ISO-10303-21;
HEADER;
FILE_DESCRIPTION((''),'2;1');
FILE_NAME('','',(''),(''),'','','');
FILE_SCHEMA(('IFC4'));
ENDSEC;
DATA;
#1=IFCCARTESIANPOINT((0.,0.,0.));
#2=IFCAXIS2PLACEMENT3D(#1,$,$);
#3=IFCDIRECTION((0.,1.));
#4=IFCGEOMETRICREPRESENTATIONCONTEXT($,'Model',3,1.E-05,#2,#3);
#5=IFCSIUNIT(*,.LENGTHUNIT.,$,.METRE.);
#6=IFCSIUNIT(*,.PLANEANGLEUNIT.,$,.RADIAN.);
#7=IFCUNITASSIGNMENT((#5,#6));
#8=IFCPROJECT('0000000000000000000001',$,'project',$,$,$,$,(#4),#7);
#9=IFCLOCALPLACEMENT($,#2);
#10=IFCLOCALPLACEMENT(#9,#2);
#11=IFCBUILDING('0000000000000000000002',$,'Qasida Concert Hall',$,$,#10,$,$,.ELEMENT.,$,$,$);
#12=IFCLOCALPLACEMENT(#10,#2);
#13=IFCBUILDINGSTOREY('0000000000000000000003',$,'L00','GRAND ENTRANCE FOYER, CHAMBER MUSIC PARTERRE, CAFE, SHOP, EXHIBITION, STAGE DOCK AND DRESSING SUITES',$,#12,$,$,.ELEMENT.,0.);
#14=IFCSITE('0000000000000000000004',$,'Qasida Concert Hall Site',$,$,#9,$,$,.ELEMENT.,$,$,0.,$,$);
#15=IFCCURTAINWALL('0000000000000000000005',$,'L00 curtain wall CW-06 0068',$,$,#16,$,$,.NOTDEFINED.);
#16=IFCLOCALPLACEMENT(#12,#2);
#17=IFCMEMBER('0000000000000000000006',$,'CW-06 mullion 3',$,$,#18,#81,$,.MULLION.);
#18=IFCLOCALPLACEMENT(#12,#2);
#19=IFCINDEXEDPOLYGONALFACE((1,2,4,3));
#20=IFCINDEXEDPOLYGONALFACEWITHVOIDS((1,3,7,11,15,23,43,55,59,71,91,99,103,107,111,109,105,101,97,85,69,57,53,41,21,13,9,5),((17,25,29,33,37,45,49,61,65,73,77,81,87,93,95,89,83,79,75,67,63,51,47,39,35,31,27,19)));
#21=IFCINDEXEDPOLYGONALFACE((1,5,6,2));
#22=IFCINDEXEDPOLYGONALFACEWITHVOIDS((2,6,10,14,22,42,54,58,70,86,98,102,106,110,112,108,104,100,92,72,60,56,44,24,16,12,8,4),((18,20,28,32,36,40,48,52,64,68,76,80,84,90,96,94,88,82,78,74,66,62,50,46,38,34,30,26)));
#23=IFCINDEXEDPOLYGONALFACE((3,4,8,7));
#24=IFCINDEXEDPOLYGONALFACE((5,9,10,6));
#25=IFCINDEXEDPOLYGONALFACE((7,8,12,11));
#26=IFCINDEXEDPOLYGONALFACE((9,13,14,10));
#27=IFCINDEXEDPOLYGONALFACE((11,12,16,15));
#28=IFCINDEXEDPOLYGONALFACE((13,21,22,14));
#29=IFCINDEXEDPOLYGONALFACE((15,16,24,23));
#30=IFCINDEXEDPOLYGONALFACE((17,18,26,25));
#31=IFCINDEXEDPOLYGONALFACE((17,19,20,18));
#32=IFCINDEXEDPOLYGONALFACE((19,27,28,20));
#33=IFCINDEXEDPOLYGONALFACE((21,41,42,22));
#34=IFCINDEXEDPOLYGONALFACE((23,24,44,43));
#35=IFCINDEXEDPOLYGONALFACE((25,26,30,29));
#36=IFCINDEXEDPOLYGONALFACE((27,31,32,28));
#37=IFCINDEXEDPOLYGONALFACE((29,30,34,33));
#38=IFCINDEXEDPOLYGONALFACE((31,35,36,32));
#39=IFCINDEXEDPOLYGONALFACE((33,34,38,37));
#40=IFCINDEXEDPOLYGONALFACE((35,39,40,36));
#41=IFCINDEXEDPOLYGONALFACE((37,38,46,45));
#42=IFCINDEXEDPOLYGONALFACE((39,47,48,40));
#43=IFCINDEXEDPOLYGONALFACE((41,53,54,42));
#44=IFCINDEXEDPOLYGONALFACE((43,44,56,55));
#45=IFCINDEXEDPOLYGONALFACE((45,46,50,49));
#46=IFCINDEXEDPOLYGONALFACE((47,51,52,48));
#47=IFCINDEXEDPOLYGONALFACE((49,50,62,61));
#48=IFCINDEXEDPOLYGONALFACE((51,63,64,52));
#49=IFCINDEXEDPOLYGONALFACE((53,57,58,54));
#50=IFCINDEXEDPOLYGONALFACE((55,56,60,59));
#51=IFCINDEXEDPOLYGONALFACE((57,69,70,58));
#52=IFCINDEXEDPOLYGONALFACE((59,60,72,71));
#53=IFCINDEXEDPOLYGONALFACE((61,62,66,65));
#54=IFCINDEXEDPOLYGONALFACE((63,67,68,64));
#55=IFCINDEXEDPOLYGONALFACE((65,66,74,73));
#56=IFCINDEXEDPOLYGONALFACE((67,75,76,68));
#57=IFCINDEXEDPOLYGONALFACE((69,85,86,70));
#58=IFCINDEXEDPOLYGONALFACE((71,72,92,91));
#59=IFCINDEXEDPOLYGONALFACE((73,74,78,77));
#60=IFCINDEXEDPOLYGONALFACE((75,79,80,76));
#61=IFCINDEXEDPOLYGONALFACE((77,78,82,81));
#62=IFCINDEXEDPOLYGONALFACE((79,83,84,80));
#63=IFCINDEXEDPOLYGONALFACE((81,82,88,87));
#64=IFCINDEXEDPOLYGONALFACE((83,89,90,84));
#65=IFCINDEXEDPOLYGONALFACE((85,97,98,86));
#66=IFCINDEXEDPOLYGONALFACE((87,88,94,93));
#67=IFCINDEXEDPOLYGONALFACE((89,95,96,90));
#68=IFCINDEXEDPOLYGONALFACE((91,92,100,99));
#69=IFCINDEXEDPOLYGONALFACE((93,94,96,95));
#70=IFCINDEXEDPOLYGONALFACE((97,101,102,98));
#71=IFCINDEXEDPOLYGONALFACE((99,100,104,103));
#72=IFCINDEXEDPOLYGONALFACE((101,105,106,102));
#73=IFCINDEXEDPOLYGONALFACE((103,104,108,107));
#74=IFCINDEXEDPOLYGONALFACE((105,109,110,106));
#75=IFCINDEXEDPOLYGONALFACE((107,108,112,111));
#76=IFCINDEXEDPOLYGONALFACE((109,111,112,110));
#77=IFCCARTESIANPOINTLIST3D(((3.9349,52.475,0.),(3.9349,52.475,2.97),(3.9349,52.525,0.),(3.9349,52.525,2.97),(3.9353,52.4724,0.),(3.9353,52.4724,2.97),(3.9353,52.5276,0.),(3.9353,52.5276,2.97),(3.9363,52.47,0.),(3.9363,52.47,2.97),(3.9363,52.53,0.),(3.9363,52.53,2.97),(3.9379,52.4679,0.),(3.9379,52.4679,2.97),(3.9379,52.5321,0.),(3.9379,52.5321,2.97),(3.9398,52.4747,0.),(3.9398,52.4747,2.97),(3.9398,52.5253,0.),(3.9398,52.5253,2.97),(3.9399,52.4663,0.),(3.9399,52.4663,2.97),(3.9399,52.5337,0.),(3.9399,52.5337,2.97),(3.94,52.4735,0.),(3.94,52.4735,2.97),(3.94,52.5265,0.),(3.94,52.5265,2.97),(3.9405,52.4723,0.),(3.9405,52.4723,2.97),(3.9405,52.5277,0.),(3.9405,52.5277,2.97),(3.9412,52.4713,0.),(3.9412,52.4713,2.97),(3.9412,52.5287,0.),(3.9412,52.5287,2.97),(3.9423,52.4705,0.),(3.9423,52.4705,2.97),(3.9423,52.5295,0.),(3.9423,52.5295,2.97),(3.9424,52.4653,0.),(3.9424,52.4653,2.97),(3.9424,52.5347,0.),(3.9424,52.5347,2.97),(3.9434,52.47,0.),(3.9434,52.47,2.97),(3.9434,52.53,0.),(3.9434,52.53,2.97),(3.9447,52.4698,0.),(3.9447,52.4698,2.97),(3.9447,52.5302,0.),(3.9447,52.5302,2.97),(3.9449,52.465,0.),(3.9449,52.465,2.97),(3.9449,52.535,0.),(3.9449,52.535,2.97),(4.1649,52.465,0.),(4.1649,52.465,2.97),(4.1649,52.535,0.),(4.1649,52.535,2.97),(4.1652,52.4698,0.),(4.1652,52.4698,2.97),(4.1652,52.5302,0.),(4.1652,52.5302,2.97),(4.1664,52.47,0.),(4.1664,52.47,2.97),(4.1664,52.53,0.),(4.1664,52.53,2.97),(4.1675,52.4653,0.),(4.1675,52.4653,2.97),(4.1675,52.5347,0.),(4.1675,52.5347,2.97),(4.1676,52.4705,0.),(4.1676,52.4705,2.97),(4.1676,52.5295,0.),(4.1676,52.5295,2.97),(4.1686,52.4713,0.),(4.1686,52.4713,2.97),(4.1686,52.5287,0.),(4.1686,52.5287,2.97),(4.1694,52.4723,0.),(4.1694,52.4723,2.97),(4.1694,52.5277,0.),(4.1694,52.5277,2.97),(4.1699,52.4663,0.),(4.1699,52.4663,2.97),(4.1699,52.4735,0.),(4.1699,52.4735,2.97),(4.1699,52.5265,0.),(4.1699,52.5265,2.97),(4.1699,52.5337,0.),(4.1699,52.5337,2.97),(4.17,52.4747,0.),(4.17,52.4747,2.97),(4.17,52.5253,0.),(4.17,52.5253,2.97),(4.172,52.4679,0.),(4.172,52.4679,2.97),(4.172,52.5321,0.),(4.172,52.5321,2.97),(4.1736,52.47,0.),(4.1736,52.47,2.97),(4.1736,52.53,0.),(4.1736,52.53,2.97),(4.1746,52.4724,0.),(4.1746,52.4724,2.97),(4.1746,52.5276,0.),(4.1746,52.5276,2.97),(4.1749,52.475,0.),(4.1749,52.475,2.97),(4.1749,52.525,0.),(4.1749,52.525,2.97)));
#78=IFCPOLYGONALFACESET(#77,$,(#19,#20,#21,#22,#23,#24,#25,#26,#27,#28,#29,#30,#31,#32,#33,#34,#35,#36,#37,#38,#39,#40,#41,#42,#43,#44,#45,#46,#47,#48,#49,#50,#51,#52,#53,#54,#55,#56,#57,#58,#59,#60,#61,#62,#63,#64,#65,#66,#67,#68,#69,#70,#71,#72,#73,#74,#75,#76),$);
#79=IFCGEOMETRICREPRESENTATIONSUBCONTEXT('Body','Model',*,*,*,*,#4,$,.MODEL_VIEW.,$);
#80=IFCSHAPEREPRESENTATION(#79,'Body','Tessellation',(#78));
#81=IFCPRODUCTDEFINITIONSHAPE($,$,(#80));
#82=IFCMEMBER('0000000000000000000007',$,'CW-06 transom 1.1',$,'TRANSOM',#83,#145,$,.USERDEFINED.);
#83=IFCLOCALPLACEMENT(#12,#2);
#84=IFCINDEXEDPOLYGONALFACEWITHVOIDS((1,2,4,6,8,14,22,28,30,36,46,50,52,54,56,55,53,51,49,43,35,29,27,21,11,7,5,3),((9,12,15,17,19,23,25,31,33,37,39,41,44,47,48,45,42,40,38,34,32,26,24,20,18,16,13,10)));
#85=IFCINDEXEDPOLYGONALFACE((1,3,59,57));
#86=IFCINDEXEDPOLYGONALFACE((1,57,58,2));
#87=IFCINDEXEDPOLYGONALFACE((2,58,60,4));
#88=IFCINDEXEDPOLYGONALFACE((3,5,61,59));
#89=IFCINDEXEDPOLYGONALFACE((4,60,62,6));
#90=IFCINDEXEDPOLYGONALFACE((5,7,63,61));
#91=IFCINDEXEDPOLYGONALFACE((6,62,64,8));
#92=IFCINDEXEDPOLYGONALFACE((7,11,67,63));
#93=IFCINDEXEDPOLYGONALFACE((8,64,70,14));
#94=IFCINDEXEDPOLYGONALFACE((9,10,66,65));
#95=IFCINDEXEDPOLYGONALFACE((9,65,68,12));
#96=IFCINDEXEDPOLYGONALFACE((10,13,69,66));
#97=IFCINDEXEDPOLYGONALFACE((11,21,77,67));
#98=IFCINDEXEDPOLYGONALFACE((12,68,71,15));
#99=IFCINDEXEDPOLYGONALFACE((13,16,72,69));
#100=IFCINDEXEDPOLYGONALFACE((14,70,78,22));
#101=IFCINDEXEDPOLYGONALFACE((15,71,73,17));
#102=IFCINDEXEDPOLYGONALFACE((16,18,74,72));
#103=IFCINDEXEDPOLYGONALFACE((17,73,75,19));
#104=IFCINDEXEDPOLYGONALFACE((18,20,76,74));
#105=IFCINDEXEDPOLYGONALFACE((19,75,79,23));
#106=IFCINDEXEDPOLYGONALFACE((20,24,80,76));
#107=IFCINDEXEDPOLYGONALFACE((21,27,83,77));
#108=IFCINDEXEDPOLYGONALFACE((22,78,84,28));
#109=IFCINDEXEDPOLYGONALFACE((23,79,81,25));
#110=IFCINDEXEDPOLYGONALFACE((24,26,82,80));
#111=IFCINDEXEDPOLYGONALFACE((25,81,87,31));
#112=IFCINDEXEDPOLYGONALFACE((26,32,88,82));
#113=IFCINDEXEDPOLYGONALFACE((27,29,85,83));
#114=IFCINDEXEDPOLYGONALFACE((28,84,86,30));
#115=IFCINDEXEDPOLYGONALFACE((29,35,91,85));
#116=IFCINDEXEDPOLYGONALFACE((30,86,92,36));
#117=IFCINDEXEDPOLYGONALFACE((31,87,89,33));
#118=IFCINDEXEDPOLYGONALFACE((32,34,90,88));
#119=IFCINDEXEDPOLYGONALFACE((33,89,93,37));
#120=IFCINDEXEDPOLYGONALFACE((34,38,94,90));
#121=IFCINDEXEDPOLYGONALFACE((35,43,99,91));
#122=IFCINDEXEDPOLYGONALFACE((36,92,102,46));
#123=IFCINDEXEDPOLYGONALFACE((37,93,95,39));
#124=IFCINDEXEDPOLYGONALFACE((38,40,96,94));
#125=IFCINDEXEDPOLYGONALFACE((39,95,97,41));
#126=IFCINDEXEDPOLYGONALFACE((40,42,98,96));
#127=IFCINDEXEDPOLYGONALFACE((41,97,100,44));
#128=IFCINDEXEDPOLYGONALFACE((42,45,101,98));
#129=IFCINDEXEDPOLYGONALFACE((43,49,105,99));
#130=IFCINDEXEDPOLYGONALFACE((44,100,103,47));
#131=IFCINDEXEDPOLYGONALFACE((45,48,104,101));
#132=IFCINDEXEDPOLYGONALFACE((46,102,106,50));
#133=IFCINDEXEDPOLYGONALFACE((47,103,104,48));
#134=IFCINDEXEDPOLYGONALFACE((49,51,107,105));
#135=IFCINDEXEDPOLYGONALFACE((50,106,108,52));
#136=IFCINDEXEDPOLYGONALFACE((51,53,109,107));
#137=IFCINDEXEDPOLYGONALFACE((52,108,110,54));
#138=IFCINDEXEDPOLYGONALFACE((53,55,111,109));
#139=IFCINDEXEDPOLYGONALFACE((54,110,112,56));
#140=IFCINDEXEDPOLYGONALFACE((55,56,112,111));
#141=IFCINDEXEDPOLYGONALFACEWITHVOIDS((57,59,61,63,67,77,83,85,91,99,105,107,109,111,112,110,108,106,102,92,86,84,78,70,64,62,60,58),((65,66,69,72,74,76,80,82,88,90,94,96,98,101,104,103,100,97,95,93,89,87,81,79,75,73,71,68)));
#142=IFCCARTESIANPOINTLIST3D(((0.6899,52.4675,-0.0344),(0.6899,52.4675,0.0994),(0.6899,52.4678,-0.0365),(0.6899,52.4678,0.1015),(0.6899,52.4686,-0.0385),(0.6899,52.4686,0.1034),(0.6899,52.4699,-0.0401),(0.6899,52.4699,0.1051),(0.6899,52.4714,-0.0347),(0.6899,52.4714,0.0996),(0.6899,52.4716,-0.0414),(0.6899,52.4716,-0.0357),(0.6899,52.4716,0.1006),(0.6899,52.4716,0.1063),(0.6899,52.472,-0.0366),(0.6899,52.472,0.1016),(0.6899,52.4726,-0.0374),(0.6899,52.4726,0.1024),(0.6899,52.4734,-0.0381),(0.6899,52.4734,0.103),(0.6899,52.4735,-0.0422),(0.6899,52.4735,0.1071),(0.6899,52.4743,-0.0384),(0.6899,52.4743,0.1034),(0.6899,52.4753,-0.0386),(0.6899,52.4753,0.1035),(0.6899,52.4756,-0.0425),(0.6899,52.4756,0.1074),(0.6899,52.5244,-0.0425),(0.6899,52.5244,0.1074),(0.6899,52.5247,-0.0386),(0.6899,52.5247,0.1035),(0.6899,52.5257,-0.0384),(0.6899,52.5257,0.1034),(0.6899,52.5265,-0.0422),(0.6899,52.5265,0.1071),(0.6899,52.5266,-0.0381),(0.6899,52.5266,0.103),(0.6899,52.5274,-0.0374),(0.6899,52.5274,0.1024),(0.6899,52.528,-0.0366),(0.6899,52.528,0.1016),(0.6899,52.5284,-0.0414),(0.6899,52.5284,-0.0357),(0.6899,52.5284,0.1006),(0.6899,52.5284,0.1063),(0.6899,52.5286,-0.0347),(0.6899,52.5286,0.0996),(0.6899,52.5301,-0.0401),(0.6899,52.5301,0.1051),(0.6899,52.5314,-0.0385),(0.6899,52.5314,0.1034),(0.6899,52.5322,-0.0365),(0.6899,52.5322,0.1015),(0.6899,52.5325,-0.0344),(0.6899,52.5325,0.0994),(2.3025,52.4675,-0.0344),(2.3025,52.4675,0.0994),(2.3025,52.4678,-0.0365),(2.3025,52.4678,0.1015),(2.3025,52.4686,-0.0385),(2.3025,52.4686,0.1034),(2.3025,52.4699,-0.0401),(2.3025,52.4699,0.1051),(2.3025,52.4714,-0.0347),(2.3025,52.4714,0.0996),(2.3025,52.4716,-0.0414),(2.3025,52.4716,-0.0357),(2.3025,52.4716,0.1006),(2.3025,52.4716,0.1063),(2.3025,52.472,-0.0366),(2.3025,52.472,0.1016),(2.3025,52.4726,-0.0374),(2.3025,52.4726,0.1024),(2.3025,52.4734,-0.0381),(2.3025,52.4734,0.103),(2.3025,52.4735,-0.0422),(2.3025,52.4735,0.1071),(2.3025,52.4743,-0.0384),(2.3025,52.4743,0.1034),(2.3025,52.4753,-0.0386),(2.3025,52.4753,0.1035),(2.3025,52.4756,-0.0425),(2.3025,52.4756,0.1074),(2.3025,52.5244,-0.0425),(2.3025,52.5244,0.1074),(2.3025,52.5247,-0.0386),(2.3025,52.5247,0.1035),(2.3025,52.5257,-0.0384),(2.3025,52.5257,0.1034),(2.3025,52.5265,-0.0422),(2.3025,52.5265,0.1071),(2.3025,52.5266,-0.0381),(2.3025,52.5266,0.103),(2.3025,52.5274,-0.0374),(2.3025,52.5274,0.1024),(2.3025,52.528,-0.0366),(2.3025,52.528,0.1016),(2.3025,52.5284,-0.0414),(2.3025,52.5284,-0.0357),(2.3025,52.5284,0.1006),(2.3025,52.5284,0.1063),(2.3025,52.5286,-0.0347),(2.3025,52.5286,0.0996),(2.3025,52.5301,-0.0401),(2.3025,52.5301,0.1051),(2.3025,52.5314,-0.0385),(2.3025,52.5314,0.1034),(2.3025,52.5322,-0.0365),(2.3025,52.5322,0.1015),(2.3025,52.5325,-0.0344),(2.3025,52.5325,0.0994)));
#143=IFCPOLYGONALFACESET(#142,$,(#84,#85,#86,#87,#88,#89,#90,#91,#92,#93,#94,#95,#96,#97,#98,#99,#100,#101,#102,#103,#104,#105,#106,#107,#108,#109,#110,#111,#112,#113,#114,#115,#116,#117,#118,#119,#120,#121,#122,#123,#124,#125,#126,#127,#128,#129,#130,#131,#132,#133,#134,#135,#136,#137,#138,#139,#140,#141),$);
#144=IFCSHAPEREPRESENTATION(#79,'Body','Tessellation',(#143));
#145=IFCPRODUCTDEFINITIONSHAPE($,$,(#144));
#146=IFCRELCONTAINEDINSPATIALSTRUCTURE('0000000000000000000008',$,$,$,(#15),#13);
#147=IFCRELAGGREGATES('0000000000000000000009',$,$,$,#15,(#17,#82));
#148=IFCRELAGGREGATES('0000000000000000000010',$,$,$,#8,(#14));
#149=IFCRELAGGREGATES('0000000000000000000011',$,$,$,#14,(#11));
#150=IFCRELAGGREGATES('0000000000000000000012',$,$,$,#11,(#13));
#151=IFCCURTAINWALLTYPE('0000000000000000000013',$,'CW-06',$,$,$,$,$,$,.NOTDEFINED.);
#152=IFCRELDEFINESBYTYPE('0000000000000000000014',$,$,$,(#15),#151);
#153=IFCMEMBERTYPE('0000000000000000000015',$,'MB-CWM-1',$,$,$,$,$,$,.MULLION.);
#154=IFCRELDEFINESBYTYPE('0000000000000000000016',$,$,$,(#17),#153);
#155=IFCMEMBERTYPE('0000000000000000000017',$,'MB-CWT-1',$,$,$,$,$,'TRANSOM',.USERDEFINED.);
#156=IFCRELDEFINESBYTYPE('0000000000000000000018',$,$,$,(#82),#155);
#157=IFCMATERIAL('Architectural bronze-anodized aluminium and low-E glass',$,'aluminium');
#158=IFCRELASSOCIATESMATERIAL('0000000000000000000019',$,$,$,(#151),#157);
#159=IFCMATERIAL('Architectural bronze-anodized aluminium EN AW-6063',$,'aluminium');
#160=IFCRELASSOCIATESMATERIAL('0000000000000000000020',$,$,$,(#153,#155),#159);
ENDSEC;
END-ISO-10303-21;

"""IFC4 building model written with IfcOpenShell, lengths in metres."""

from ifc_helpers import new_model, si_unit, direction, frame, origin, origin_2d, place, context, subcontext, project, spatial, hollow_rectangle, extrude, material, material_profile, profile_set, type_object, element, aggregate, save


model = new_model("IFC4")

# Units and contexts
model_context = context("Model", 3, precision=1e-05, world=origin(), true_north=direction((0.0, 1.0)))
body_context = subcontext(model_context, "Body", "Model", "MODEL_VIEW")
ifc_project = project(units=[si_unit("LENGTHUNIT", "METRE"), si_unit("PLANEANGLEUNIT", "RADIAN")], contexts=[model_context])

# Site, building, storey
site_placement = place(None, origin())
site = spatial("IfcSite", under=ifc_project, at=site_placement, Name="Qasida Concert Hall Site", CompositionType="ELEMENT", RefElevation=0.0)
building_placement = place(site_placement, origin())
building = spatial("IfcBuilding", under=site, at=building_placement, Name="Qasida Concert Hall", CompositionType="ELEMENT")
storey_placement = place(building_placement, origin())
storey = spatial("IfcBuildingStorey", under=building, at=storey_placement, Name="L00", Description="GRAND ENTRANCE FOYER, CHAMBER MUSIC PARTERRE, CAFE, SHOP, EXHIBITION, STAGE DOCK AND DRESSING SUITES", CompositionType="ELEMENT", Elevation=0.0)

# Curtain wall, members
ifc_material_1 = material(Name="Architectural bronze-anodized aluminium and low-E glass", Category="aluminium")
curtain_wall_type = type_object("IfcCurtainWallType", Name="CW-06", PredefinedType="NOTDEFINED", material=ifc_material_1)
curtain_wall_placement = place(storey_placement, origin())
curtain_wall = element("IfcCurtainWall", 1, at=curtain_wall_placement, inside=storey, type_object=curtain_wall_type, Name="L00 curtain wall CW-06 0068", PredefinedType="NOTDEFINED")
ifc_material_2 = material(Name="Architectural bronze-anodized aluminium EN AW-6063", Category="aluminium")
ifc_material_profile_1 = material_profile(ifc_material_2, hollow_rectangle(XDim=0.0701, YDim=0.24, WallThickness=0.0049, InnerFilletRadius=0.0049, OuterFilletRadius=0.01, at=origin_2d()), Name="CWM 240x70x5")
ifc_profile_set_1 = profile_set([ifc_material_profile_1], Name="Architectural bronze-anodized aluminium EN AW-6063")
member_type_1 = type_object("IfcMemberType", Name="MB-CWM-1", PredefinedType="MULLION", material=ifc_profile_set_1)
member_1_placement = place(storey_placement, frame((4.0549, 52.5, 0.0), z_axis=(0.0, 0.0, 1.0), x_axis=(0.0, 1.0, 0.0)))
member_1 = element("IfcMember", 2, at=member_1_placement, type_object=member_type_1, Name="CW-06 mullion 3", PredefinedType="MULLION", context=body_context, shape_type="SweptSolid", body=[
    extrude(hollow_rectangle(XDim=0.0701, YDim=0.24, WallThickness=0.0049, InnerFilletRadius=0.0049, OuterFilletRadius=0.01, at=origin_2d()), origin(), (0.0, 0.0, 1.0), 2.97),
])
ifc_material_profile_2 = material_profile(ifc_material_2, hollow_rectangle(XDim=0.0649, YDim=0.1499, WallThickness=0.0039, InnerFilletRadius=0.0039, OuterFilletRadius=0.0081, at=origin_2d()), Name="CWT 150x65x4")
ifc_profile_set_2 = profile_set([ifc_material_profile_2], Name="Architectural bronze-anodized aluminium EN AW-6063")
member_type_2 = type_object("IfcMemberType", Name="MB-CWT-1", ElementType="TRANSOM", PredefinedType="USERDEFINED", material=ifc_profile_set_2)
member_2_placement = place(storey_placement, frame((0.6899, 52.5, 0.0325), z_axis=(1.0, 0.0, 0.0), x_axis=(0.0, 1.0, 0.0)))
member_2 = element("IfcMember", 3, at=member_2_placement, type_object=member_type_2, Name="CW-06 transom 1.1", ObjectType="TRANSOM", PredefinedType="USERDEFINED", context=body_context, shape_type="SweptSolid", body=[
    extrude(hollow_rectangle(XDim=0.0649, YDim=0.1499, WallThickness=0.0039, InnerFilletRadius=0.0039, OuterFilletRadius=0.0081, at=origin_2d()), origin(), (0.0, 0.0, 1.0), 1.6125),
])
aggregate(curtain_wall, [member_1, member_2])

save(model, "model.ifc")
